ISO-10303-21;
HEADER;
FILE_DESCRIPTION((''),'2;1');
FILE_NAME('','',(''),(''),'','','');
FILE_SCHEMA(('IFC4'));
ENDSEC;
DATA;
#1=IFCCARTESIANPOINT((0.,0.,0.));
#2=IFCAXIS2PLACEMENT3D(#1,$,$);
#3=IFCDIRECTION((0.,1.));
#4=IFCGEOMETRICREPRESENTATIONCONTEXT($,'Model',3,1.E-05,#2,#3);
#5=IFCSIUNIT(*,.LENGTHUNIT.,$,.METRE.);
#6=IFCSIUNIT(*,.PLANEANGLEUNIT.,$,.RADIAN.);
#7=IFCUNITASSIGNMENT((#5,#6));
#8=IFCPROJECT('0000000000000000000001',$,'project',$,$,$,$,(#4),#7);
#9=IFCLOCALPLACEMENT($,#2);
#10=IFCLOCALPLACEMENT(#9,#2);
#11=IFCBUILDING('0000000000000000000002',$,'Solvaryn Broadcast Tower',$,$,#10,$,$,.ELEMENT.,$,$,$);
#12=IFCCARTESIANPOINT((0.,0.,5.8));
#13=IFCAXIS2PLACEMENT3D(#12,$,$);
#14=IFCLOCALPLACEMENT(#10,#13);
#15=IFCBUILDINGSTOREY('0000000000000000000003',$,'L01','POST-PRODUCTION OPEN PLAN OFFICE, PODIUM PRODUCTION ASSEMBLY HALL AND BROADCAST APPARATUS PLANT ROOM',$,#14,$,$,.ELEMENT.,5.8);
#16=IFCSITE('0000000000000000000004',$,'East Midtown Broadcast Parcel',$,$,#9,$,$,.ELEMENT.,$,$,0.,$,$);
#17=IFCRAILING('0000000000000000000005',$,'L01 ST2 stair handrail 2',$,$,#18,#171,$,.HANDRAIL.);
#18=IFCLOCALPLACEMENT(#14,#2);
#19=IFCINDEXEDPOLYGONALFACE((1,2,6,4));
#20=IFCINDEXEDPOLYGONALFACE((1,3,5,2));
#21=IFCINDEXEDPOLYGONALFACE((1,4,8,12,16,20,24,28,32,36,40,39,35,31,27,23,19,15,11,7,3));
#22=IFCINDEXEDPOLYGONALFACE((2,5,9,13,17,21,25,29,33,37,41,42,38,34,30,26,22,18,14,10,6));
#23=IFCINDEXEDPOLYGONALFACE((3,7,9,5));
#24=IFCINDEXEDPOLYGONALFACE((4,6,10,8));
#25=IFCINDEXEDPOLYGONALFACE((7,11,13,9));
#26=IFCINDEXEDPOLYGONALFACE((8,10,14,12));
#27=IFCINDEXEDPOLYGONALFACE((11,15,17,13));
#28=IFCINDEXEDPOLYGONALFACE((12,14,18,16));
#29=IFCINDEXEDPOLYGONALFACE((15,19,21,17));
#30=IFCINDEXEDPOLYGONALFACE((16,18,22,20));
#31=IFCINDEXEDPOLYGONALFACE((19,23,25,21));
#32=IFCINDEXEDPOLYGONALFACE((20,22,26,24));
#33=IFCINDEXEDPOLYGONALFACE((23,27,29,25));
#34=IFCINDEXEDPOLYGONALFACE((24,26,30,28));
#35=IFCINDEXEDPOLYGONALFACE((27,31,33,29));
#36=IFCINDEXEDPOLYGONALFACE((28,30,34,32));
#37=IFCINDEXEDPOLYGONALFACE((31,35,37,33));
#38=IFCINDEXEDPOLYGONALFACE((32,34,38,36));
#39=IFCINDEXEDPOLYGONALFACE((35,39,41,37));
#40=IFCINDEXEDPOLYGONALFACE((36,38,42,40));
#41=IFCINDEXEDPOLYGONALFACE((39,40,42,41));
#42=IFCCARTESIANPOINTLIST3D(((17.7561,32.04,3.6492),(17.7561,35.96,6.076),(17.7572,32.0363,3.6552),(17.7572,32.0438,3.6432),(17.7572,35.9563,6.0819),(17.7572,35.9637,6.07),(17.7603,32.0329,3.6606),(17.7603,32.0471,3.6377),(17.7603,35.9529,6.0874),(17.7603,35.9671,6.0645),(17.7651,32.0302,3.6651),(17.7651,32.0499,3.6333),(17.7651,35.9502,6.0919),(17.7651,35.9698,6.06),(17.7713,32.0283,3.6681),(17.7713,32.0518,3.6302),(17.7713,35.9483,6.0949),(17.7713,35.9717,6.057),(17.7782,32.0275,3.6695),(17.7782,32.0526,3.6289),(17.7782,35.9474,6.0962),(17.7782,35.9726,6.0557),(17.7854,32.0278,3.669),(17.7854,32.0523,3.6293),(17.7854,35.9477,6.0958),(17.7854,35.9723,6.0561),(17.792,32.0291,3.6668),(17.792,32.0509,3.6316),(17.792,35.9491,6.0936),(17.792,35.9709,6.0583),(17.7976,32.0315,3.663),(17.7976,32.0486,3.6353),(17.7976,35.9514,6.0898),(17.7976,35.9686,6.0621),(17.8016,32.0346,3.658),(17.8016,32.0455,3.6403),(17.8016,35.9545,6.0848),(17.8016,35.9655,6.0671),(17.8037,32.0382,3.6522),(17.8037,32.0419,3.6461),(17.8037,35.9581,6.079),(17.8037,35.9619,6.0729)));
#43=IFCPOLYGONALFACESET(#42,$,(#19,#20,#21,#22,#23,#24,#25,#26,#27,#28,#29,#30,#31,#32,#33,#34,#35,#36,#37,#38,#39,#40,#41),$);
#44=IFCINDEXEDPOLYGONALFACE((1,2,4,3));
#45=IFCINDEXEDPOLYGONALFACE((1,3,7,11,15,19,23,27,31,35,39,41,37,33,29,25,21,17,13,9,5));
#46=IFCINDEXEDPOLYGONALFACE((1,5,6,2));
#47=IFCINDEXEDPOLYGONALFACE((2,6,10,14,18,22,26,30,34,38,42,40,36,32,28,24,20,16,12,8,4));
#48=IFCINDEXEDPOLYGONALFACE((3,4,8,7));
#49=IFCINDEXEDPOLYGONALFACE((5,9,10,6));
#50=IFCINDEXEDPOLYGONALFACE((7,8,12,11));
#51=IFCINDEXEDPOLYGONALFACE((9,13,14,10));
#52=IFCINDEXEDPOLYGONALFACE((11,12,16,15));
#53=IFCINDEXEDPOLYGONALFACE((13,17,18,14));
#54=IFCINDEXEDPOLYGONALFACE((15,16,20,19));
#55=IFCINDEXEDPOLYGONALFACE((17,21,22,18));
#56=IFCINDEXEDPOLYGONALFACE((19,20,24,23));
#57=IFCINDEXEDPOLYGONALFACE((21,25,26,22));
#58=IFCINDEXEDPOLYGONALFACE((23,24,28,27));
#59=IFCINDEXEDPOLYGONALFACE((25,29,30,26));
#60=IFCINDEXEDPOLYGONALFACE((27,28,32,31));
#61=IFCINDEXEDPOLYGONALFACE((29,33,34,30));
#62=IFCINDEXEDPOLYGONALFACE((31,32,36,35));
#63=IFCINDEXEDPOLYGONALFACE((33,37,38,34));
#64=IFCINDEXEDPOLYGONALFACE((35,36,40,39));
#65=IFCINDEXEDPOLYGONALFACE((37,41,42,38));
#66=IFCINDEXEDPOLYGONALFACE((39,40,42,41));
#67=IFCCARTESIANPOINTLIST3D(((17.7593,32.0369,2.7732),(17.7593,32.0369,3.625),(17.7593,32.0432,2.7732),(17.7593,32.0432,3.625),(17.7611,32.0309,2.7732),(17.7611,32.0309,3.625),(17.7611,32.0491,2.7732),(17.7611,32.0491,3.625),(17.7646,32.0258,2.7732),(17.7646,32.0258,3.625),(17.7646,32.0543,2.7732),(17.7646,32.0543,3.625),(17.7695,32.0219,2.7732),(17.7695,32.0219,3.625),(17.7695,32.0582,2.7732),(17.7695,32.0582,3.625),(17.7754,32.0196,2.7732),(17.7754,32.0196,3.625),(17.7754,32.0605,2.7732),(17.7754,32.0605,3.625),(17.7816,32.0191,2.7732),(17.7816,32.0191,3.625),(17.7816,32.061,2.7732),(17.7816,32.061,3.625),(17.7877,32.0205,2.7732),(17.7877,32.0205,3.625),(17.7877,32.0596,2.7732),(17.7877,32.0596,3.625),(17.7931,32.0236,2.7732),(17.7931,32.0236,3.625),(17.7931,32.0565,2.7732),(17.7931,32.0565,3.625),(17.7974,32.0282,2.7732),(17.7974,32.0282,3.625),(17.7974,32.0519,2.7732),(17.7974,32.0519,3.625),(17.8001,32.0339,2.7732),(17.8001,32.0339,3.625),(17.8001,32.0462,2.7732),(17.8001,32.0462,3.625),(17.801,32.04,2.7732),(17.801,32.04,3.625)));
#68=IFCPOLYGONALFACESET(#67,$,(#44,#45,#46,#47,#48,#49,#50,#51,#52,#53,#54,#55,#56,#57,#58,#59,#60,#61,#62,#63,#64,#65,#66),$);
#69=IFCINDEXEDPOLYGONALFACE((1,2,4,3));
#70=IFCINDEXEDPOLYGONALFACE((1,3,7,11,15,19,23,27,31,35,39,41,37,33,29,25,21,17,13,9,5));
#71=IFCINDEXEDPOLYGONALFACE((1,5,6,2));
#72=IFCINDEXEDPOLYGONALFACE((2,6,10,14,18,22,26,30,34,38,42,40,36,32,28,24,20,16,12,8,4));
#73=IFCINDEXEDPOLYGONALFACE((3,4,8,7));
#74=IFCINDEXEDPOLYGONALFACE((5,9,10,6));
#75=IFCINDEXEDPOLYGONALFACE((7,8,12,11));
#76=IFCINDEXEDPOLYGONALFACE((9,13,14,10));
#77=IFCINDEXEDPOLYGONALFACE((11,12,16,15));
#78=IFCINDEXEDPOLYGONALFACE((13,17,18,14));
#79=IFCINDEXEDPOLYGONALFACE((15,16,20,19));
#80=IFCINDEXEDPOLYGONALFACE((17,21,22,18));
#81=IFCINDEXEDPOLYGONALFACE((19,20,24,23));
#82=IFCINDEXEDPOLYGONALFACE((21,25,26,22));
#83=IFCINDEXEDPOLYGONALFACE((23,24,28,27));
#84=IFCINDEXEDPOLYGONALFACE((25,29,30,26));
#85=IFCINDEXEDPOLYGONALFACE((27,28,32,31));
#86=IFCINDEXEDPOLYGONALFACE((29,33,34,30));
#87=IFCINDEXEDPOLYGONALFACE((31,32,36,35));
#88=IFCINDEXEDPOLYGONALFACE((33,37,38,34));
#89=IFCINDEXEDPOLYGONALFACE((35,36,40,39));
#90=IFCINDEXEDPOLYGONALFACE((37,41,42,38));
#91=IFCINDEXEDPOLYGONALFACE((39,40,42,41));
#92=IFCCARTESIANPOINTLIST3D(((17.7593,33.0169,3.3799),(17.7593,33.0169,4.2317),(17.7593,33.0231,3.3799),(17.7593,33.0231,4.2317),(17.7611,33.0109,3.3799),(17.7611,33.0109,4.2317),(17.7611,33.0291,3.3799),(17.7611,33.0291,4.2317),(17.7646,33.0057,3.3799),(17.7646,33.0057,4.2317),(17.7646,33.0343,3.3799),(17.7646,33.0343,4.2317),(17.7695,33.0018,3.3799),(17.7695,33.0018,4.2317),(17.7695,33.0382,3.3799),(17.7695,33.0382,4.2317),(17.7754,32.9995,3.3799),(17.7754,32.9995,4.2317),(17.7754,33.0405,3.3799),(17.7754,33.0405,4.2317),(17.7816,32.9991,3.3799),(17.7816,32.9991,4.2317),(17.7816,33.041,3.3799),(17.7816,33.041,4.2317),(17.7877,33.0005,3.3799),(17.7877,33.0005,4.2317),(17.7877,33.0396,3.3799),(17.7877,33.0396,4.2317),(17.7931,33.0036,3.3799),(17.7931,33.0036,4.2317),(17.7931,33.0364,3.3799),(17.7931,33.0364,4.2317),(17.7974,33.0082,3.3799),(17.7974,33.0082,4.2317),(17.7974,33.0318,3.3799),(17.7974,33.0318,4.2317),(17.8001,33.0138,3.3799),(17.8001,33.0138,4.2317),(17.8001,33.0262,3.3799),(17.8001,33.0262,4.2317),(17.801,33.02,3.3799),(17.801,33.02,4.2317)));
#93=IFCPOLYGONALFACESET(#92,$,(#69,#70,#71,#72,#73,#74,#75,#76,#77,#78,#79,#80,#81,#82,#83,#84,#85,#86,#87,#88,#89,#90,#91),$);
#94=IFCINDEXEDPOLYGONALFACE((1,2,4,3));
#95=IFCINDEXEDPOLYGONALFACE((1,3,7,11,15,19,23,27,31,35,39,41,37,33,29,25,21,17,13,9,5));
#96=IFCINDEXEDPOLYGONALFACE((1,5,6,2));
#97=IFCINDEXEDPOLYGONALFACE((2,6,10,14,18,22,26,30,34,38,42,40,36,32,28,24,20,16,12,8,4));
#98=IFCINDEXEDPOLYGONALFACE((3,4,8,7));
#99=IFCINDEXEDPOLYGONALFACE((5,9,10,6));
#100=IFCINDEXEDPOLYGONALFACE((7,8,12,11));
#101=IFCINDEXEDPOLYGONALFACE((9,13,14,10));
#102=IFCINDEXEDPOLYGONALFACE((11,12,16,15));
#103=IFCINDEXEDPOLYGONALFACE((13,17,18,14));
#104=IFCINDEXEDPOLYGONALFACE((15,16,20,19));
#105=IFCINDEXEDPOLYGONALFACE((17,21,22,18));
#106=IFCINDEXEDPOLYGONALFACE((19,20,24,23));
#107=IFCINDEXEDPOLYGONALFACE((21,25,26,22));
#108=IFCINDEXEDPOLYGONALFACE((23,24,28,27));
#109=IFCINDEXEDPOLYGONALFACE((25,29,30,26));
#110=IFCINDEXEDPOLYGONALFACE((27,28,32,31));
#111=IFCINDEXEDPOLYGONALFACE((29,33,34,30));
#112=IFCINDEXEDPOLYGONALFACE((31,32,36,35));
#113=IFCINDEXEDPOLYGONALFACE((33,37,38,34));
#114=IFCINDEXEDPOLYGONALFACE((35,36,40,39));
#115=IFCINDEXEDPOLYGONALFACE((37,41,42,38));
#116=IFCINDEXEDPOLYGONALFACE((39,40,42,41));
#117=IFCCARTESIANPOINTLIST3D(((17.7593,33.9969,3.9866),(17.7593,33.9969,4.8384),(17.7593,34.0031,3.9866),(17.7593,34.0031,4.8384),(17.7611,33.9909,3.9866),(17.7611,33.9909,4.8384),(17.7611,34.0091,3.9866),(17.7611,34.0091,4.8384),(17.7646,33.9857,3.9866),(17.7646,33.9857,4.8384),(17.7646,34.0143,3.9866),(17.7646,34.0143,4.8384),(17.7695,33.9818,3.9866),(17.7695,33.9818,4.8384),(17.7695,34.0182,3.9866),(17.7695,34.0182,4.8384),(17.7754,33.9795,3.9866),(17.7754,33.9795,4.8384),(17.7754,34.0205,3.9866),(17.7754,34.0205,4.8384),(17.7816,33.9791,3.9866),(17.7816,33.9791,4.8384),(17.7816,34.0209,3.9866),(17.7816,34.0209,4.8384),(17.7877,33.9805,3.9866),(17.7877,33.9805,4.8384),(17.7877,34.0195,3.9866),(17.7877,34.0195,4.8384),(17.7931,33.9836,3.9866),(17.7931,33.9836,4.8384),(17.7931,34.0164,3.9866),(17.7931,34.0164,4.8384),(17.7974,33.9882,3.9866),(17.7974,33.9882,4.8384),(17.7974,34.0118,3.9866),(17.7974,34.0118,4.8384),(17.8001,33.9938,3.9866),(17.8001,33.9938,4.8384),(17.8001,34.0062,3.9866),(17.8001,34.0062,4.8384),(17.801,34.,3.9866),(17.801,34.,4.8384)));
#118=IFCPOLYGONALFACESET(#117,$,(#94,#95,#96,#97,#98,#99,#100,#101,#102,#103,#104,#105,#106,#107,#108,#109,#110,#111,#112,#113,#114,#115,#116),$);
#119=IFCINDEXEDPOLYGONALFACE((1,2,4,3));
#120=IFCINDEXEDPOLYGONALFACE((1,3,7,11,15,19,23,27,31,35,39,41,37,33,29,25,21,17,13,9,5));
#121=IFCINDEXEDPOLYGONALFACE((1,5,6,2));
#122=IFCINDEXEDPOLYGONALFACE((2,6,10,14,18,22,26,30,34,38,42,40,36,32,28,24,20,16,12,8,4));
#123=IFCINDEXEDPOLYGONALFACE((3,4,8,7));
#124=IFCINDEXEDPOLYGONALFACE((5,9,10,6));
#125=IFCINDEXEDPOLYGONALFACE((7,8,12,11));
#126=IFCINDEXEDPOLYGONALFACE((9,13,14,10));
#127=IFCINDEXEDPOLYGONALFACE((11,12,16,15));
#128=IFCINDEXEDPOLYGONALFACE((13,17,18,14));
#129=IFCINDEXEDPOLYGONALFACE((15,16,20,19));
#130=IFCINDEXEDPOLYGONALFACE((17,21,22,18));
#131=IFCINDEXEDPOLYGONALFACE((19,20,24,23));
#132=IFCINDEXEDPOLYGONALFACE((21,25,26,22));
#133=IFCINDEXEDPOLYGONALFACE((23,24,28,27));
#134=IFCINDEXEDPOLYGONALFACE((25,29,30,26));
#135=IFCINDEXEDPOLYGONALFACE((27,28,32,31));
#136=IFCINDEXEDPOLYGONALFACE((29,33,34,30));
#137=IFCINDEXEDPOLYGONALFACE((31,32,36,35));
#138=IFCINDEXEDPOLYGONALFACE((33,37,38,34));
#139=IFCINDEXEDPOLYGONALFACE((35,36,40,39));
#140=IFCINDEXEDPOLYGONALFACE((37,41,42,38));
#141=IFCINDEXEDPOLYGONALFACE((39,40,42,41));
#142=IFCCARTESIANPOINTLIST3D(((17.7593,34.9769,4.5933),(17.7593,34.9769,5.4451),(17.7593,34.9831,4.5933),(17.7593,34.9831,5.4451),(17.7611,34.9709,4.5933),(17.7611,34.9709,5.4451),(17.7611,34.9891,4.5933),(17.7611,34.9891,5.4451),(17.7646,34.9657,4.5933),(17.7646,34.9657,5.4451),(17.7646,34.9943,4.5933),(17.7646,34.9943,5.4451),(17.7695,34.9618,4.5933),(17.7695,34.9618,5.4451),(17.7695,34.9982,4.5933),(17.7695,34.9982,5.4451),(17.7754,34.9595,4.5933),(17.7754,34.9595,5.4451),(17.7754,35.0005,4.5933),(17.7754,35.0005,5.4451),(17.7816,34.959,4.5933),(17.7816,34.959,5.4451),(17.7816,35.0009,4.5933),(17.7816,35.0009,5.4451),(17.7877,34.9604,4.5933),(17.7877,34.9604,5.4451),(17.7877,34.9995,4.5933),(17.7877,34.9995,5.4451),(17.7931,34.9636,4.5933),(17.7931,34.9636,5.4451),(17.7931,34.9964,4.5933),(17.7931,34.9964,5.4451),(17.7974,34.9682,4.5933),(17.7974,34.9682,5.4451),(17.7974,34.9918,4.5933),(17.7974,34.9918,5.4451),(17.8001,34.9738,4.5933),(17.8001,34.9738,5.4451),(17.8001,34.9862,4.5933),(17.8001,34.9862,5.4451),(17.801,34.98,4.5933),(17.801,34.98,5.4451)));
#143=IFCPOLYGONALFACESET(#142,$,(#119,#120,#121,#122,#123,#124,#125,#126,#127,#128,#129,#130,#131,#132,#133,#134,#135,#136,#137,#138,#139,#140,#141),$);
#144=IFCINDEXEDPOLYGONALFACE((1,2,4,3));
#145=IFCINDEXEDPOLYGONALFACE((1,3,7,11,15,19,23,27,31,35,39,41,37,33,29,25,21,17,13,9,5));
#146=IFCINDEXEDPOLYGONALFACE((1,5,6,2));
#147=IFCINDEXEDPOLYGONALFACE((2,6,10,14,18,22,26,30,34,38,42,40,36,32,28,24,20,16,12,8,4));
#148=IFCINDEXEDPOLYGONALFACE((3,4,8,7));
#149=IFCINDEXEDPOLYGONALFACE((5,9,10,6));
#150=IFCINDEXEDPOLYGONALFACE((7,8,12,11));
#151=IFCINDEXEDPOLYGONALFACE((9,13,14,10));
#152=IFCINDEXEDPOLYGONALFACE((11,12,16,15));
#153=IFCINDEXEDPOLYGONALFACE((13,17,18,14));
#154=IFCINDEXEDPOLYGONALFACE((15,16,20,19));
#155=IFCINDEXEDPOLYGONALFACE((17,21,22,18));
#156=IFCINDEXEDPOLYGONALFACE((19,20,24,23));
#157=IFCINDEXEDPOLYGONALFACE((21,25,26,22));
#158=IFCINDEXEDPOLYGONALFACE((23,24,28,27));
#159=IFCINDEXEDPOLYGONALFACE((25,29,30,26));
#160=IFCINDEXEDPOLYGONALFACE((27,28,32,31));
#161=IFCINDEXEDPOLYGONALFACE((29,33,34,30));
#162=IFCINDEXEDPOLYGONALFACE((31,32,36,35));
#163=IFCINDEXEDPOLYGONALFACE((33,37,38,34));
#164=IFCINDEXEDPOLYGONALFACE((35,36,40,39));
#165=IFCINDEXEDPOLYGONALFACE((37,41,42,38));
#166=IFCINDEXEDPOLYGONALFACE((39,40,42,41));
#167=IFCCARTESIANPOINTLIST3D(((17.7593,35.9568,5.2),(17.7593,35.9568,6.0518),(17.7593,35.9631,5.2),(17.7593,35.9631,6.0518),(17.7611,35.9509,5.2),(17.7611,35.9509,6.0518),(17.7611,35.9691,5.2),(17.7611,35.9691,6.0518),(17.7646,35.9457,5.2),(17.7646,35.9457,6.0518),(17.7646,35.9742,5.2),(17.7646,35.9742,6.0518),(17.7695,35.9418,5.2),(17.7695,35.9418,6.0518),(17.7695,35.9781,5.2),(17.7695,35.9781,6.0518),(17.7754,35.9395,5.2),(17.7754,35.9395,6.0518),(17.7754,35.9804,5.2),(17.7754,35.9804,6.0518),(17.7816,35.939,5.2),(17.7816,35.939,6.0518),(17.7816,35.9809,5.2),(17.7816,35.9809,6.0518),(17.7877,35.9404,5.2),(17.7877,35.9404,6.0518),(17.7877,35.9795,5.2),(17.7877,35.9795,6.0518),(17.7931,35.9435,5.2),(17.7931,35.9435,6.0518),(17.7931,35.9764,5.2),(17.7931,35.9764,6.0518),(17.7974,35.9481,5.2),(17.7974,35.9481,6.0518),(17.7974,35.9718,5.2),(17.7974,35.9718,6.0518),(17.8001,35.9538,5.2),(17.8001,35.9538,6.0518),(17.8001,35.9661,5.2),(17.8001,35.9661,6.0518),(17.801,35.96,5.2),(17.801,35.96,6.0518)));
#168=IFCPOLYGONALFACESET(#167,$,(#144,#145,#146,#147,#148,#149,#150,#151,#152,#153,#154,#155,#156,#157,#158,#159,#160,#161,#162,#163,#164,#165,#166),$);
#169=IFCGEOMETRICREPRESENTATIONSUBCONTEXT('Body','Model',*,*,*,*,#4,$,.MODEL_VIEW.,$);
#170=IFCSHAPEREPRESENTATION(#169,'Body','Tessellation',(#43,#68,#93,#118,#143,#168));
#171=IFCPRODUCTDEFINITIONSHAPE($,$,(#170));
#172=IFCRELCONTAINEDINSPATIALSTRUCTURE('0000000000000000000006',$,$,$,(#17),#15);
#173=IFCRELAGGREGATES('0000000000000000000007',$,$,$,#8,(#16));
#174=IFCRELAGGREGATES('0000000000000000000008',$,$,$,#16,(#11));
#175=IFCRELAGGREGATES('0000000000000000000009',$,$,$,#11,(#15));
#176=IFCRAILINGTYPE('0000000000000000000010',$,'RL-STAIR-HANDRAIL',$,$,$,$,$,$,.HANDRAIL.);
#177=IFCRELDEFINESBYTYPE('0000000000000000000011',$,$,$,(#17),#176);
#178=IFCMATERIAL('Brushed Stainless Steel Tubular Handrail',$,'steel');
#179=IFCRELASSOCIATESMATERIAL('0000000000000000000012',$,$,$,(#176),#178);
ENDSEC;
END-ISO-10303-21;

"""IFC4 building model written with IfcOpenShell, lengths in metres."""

from ifc_helpers import new_model, si_unit, direction, frame, origin, origin_2d, place, context, subcontext, project, spatial, circle, extrude, material, type_object, element, save


model = new_model("IFC4")

# Units and contexts
model_context = context("Model", 3, precision=1e-05, world=origin(), true_north=direction((0.0, 1.0)))
body_context = subcontext(model_context, "Body", "Model", "MODEL_VIEW")
ifc_project = project(units=[si_unit("LENGTHUNIT", "METRE"), si_unit("PLANEANGLEUNIT", "RADIAN")], contexts=[model_context])

# Site, building, storey
site_placement = place(None, origin())
site = spatial("IfcSite", under=ifc_project, at=site_placement, Name="East Midtown Broadcast Parcel", CompositionType="ELEMENT", RefElevation=0.0)
building_placement = place(site_placement, origin())
building = spatial("IfcBuilding", under=site, at=building_placement, Name="Solvaryn Broadcast Tower", CompositionType="ELEMENT")
storey_placement = place(building_placement, frame((0.0, 0.0, 5.8)))
storey = spatial("IfcBuildingStorey", under=building, at=storey_placement, Name="L01", Description="POST-PRODUCTION OPEN PLAN OFFICE, PODIUM PRODUCTION ASSEMBLY HALL AND BROADCAST APPARATUS PLANT ROOM", CompositionType="ELEMENT", Elevation=5.8)

# Railing
ifc_material_1 = material(Name="Brushed Stainless Steel Tubular Handrail", Category="steel")
railing_type_1 = type_object("IfcRailingType", Name="RL-STAIR-HANDRAIL", PredefinedType="HANDRAIL", material=ifc_material_1)
railing_1_placement = place(storey_placement, frame((17.78, 32.04, 2.7732)))
element("IfcRailing", 1, at=railing_1_placement, inside=storey, type_object=railing_type_1, Name="L01 ST2 stair handrail 2", PredefinedType="HANDRAIL", context=body_context, shape_type="SweptSolid", body=[
    extrude(circle(Radius=0.0239, at=origin_2d()), frame((0.0, 0.0, 0.876), z_axis=(0.0, 0.850252, 0.526376), x_axis=(-1.0, 0.0, 0.0)), (0.0, 0.0, 1.0), 4.6104),
    extrude(circle(Radius=0.021, at=origin_2d()), origin(), (0.0, 0.0, 1.0), 0.8518),
    extrude(circle(Radius=0.021, at=origin_2d()), frame((0.0, 0.98, 0.6067)), (0.0, 0.0, 1.0), 0.8518),
    extrude(circle(Radius=0.021, at=origin_2d()), frame((0.0, 1.96, 1.2134)), (0.0, 0.0, 1.0), 0.8518),
    extrude(circle(Radius=0.021, at=origin_2d()), frame((0.0, 2.9399, 1.8201)), (0.0, 0.0, 1.0), 0.8518),
    extrude(circle(Radius=0.021, at=origin_2d()), frame((0.0, 3.9199, 2.4268)), (0.0, 0.0, 1.0), 0.8518),
])

save(model, "model.ifc")
